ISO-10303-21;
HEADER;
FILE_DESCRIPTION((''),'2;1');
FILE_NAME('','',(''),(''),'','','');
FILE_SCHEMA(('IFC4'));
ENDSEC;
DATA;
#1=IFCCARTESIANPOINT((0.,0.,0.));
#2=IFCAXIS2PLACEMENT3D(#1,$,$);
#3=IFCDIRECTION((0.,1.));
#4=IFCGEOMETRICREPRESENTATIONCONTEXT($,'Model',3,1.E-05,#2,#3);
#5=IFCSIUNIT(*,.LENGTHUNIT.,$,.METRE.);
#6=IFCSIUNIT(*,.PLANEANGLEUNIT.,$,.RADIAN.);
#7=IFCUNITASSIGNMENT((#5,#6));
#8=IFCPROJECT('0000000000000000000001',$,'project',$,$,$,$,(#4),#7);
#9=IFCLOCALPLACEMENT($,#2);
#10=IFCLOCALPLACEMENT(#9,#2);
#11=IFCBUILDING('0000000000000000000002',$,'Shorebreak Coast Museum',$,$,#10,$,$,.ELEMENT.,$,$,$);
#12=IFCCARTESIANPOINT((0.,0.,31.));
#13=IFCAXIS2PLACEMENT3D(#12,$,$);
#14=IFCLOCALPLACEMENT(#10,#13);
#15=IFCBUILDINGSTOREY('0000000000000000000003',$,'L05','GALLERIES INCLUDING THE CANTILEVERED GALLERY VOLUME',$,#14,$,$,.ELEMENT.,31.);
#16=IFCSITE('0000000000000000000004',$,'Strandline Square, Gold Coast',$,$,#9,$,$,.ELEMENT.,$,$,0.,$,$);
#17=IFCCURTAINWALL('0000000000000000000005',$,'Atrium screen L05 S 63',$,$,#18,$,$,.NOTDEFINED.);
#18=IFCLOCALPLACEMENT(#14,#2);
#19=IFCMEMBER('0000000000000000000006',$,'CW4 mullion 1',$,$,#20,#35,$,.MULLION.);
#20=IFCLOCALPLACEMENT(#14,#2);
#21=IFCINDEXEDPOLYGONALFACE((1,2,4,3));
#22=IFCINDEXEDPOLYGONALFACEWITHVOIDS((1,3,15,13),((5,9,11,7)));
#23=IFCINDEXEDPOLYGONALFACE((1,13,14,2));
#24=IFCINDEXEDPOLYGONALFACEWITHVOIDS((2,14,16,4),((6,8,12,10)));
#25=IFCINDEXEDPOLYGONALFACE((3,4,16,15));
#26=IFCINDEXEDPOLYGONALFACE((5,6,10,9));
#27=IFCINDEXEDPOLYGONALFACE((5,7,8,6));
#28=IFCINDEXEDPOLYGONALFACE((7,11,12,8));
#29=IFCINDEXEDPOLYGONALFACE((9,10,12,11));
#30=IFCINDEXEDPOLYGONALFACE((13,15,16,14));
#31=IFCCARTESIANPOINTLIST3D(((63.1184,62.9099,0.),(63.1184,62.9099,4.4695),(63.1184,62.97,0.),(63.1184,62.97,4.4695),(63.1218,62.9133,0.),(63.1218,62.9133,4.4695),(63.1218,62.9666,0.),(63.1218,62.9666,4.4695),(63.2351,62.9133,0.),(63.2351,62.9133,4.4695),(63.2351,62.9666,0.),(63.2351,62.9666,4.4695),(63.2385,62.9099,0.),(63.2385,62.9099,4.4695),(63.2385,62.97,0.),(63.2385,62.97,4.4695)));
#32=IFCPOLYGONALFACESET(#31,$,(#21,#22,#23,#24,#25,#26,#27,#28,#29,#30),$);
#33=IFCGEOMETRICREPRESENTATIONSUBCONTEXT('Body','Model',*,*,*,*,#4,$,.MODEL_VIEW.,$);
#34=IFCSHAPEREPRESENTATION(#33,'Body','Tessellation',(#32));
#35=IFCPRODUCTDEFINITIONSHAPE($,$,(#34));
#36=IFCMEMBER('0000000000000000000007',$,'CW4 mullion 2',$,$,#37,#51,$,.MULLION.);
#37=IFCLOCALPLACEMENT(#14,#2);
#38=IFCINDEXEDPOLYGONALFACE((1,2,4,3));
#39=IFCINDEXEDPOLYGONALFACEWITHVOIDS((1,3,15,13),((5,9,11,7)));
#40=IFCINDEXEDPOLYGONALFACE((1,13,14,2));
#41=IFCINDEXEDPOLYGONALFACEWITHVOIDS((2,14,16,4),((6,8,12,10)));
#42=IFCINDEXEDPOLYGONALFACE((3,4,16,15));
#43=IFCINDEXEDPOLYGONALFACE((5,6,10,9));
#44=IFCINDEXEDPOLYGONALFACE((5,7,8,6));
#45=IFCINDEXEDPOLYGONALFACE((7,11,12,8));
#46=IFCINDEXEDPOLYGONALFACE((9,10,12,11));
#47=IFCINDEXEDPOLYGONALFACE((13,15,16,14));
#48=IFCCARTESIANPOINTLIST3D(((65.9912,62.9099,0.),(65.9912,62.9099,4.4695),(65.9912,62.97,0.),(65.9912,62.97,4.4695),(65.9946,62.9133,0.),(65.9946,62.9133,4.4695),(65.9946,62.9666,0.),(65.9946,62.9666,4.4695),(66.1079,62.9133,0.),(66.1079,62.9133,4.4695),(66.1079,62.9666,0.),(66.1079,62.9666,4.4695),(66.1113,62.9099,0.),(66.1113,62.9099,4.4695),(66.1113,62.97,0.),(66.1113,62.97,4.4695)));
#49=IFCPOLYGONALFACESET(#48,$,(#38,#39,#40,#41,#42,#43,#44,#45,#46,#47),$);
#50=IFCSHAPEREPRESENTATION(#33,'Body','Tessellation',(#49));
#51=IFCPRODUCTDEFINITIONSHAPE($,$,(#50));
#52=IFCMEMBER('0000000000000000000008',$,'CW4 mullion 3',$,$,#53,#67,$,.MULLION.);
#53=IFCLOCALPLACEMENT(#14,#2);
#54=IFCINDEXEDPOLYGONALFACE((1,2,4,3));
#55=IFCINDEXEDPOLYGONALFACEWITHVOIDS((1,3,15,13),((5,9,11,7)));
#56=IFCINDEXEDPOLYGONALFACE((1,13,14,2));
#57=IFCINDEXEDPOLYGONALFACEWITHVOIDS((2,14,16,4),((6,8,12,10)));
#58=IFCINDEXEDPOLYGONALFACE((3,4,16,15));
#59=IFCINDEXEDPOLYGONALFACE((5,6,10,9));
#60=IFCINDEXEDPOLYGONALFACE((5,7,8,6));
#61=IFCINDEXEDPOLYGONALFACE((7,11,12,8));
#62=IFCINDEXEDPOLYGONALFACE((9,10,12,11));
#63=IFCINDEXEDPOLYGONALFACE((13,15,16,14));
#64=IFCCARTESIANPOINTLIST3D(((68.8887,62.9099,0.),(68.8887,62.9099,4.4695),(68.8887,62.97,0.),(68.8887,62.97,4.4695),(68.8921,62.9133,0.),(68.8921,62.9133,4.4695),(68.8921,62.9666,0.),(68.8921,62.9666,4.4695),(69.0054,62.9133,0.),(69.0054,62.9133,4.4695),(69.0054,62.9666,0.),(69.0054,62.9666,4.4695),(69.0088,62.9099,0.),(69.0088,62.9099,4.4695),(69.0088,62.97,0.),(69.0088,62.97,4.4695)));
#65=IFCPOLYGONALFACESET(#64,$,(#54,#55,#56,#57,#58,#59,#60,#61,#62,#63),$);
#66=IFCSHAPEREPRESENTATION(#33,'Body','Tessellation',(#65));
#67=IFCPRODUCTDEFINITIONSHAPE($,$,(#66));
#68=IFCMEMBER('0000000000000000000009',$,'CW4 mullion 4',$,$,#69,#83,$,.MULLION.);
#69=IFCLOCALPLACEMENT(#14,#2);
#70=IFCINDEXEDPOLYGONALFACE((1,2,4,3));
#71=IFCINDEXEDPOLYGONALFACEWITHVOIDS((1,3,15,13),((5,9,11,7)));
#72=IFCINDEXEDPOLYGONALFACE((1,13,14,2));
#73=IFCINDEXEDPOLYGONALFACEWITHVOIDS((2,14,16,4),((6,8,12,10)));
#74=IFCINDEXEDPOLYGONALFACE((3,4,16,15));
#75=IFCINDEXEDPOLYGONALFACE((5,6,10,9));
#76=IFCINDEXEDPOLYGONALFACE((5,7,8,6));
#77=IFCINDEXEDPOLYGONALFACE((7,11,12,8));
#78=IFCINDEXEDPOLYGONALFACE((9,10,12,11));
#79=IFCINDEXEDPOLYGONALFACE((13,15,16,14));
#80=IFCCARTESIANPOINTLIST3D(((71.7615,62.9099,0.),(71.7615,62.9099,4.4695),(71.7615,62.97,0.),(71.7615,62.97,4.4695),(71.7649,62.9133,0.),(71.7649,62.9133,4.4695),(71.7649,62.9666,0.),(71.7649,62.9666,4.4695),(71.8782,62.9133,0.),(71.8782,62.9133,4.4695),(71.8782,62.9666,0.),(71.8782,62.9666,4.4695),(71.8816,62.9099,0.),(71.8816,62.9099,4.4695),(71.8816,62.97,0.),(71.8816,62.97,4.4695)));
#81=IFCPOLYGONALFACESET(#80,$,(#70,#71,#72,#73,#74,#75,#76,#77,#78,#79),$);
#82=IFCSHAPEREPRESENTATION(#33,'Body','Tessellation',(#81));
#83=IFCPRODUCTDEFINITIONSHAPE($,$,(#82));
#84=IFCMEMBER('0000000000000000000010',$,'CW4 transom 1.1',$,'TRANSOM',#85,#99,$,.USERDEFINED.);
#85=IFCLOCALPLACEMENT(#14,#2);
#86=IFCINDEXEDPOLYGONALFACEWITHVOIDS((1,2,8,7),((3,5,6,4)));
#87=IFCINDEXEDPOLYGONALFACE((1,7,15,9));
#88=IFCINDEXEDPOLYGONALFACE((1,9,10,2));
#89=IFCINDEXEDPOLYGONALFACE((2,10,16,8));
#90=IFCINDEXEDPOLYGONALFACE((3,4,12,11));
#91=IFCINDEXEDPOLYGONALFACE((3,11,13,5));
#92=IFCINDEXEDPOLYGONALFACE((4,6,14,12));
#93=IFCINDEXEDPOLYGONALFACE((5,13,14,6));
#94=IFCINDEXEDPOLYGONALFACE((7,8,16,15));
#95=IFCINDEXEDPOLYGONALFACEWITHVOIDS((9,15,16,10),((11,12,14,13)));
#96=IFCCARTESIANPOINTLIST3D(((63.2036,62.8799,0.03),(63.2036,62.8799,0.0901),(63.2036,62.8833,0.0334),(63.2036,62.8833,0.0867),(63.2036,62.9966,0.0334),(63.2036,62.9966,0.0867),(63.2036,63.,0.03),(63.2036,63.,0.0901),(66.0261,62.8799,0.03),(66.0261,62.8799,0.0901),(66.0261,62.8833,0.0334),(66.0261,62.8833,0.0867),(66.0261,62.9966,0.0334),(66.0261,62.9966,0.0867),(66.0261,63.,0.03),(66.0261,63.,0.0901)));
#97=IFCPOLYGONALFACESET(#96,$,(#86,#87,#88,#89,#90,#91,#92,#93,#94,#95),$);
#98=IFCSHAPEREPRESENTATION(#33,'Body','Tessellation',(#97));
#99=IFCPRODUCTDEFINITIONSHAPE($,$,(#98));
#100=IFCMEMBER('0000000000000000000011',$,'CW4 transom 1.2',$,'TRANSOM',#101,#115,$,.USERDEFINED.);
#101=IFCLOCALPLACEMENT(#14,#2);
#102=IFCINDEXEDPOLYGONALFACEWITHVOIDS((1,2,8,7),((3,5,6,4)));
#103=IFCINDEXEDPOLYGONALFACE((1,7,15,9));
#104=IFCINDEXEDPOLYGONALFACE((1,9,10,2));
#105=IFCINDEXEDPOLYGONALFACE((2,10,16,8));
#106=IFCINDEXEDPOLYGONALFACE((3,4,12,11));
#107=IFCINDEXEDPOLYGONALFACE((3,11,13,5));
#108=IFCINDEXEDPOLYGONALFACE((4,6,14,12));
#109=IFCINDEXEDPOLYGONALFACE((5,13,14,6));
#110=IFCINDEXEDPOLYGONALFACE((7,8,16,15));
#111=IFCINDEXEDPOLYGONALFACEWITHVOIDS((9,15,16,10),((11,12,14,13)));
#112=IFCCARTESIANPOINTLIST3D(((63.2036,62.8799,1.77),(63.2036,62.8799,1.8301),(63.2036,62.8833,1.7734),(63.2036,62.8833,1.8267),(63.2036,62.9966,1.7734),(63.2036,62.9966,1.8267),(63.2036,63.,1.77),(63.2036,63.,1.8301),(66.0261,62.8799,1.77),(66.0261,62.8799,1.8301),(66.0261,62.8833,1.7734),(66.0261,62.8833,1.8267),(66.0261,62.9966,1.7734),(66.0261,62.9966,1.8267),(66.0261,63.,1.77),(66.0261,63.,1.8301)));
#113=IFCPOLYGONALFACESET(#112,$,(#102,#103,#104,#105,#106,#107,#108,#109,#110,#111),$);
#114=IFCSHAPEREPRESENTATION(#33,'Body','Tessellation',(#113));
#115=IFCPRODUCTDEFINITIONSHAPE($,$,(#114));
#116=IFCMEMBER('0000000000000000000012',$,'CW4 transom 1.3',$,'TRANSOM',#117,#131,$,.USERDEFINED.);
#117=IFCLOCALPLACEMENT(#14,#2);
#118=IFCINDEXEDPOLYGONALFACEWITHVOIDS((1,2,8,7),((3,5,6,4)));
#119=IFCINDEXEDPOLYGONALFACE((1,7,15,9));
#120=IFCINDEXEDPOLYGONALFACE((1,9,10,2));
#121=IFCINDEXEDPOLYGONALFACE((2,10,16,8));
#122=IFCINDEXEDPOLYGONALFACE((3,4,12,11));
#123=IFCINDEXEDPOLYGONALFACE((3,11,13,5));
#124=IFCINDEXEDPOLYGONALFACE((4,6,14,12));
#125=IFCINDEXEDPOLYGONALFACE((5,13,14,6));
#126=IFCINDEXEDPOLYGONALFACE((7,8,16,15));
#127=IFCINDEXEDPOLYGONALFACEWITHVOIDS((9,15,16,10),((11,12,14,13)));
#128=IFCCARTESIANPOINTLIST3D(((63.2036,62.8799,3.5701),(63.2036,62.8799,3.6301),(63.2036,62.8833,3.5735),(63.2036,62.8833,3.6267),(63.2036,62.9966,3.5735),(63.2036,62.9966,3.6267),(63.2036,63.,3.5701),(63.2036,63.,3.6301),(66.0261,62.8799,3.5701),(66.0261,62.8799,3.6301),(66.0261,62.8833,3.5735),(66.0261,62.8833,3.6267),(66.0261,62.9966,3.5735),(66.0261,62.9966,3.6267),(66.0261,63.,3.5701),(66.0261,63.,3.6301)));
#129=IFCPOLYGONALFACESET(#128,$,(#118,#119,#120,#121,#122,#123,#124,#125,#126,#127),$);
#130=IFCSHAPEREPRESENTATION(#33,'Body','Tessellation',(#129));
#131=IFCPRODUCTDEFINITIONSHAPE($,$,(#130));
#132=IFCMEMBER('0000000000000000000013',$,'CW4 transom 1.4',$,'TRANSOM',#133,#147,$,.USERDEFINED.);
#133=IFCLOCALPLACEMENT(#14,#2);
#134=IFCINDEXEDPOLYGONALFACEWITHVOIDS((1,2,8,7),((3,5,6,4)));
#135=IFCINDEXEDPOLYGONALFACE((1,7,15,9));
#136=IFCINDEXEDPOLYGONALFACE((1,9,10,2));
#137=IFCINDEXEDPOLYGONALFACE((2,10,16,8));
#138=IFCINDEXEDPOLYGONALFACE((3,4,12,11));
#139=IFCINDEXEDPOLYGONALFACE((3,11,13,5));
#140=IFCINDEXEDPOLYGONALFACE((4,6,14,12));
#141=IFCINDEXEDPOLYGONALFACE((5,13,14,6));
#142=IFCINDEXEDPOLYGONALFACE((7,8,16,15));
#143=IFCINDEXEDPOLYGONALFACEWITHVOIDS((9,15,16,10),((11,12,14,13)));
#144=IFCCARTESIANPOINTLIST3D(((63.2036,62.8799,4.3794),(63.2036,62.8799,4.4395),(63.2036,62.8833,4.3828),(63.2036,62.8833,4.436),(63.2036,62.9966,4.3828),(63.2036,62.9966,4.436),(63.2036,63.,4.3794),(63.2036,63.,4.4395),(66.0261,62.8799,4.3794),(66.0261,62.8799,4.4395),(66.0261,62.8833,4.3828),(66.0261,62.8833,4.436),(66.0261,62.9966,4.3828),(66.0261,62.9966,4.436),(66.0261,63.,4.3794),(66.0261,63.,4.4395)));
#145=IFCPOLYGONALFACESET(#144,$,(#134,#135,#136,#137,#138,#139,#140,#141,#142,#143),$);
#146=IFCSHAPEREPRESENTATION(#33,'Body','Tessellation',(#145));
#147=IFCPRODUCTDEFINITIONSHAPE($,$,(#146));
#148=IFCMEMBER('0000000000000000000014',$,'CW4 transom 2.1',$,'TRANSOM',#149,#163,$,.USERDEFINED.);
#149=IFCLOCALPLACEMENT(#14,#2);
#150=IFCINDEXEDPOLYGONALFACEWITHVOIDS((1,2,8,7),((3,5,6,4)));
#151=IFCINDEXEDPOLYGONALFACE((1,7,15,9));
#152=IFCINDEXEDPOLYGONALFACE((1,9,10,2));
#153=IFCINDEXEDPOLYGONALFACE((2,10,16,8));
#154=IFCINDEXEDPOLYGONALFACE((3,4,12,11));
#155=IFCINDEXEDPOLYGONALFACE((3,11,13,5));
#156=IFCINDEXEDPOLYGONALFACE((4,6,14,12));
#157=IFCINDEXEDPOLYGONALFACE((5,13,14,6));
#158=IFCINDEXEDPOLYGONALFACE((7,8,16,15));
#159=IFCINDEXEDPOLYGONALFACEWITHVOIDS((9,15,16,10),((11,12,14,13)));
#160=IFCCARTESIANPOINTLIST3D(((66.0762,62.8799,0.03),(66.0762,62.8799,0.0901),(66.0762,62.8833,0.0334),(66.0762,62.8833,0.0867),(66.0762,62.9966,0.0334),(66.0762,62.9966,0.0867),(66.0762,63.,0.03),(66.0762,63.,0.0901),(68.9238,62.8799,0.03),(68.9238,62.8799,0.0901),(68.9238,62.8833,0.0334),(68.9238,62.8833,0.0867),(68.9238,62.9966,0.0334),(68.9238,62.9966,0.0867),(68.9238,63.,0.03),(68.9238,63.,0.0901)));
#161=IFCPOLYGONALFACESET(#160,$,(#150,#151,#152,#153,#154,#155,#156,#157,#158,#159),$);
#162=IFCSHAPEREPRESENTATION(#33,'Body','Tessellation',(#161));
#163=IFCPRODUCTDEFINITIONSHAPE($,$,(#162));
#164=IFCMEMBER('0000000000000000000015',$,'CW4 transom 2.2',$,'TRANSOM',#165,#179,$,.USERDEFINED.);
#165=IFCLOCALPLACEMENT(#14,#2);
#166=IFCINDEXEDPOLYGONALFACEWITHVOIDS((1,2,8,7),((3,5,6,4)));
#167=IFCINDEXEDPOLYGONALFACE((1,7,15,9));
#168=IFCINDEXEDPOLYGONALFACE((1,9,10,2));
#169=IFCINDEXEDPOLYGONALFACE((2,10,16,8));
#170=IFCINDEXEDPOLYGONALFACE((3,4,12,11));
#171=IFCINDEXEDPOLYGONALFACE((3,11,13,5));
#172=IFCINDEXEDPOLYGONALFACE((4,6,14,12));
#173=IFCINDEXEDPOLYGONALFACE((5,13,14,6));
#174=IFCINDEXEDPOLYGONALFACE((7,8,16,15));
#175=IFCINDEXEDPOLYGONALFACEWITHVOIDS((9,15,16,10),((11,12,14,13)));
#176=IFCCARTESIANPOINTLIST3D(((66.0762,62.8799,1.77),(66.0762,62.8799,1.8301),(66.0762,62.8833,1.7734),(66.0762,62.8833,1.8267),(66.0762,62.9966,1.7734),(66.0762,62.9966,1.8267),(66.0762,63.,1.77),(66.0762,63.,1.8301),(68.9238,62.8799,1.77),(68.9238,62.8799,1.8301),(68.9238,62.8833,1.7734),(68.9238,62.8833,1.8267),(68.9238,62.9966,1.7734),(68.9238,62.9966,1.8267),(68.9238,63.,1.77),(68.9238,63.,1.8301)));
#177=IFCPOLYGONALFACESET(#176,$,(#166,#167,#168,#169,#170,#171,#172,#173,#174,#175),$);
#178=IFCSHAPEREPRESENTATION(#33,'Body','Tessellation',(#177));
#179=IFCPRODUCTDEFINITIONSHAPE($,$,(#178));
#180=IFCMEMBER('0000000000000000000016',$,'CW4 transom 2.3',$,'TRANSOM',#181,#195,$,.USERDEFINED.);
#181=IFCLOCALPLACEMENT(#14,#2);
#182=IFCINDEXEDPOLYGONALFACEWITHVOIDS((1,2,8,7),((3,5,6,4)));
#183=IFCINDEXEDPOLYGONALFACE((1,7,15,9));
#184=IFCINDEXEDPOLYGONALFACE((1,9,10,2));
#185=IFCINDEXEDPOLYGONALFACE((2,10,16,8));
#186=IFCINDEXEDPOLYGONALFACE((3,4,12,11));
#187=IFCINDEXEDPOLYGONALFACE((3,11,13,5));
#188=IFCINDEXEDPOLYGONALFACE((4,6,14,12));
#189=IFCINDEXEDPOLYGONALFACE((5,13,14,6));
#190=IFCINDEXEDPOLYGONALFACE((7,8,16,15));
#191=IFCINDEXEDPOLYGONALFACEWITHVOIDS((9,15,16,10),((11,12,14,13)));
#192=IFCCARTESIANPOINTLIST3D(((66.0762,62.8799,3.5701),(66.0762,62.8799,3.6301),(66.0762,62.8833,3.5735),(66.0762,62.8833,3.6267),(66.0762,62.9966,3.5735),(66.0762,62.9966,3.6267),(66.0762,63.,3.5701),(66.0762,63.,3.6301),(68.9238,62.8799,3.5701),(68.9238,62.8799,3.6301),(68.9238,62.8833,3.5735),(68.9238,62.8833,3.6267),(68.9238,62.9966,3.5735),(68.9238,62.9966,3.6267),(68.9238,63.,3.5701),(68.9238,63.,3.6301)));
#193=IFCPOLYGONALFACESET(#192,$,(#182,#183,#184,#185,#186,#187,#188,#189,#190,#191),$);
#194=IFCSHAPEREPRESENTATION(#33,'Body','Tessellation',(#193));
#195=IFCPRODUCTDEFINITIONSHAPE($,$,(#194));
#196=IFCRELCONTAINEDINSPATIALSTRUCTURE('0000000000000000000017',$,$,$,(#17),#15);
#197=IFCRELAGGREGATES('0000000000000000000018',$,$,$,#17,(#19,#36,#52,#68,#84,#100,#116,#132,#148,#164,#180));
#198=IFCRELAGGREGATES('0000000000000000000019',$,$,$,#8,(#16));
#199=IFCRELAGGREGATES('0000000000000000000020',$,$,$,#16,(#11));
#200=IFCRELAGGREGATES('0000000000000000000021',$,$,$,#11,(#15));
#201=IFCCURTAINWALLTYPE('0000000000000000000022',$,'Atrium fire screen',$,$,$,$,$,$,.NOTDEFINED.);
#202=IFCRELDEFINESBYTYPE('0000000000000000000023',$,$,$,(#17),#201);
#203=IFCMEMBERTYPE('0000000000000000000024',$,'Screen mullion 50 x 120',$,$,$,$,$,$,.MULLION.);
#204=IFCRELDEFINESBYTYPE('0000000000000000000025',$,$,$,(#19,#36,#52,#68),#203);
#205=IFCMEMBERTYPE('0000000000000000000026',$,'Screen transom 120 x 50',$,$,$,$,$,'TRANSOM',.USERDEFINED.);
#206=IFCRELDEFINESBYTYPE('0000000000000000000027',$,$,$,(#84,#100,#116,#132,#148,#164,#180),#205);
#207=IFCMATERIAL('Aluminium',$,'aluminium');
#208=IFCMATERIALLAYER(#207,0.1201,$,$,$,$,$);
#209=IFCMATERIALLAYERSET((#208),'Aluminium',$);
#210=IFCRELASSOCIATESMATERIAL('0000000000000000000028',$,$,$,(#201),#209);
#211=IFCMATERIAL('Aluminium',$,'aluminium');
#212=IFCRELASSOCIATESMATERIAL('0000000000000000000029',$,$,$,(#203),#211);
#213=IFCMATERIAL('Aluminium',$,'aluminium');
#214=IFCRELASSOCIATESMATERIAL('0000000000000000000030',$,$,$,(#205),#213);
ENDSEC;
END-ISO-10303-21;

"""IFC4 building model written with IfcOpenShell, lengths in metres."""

from ifc_helpers import new_model, si_unit, direction, frame, origin, origin_2d, place, context, subcontext, project, spatial, hollow_rectangle, extrude, material, layer, layer_set, material_profile, profile_set, type_object, element, aggregate, save


model = new_model("IFC4")

# Units and contexts
model_context = context("Model", 3, precision=1e-05, world=origin(), true_north=direction((0.0, 1.0)))
body_context = subcontext(model_context, "Body", "Model", "MODEL_VIEW")
ifc_project = project(units=[si_unit("LENGTHUNIT", "METRE"), si_unit("PLANEANGLEUNIT", "RADIAN")], contexts=[model_context])

# Site, building, storey
site_placement = place(None, origin())
site = spatial("IfcSite", under=ifc_project, at=site_placement, Name="Strandline Square, Gold Coast", CompositionType="ELEMENT", RefElevation=0.0)
building_placement = place(site_placement, origin())
building = spatial("IfcBuilding", under=site, at=building_placement, Name="Shorebreak Coast Museum", CompositionType="ELEMENT")
storey_placement = place(building_placement, frame((0.0, 0.0, 31.0)))
storey = spatial("IfcBuildingStorey", under=building, at=storey_placement, Name="L05", Description="GALLERIES INCLUDING THE CANTILEVERED GALLERY VOLUME", CompositionType="ELEMENT", Elevation=31.0)

# Curtain wall, members
ifc_material_1 = material(Name="Aluminium", Category="aluminium")
ifc_layer_1 = layer(ifc_material_1, 0.1201)
ifc_layer_set_1 = layer_set([ifc_layer_1], Name="Aluminium")
curtain_wall_type = type_object("IfcCurtainWallType", Name="Atrium fire screen", PredefinedType="NOTDEFINED", material=ifc_layer_set_1)
curtain_wall_placement = place(storey_placement, origin())
curtain_wall = element("IfcCurtainWall", 1, at=curtain_wall_placement, inside=storey, type_object=curtain_wall_type, Name="Atrium screen L05 S 63", PredefinedType="NOTDEFINED")
ifc_material_2 = material(Name="Aluminium", Category="aluminium")
ifc_material_profile_1 = material_profile(ifc_material_2, hollow_rectangle(XDim=0.0601, YDim=0.1201, WallThickness=0.0034, at=origin_2d()), Name="AL 120x60 RHS")
ifc_profile_set_1 = profile_set([ifc_material_profile_1], Name="Aluminium")
member_type_1 = type_object("IfcMemberType", Name="Screen mullion 50 x 120", PredefinedType="MULLION", material=ifc_profile_set_1)
member_1_placement = place(storey_placement, frame((63.1785, 62.9399, 0.0), z_axis=(0.0, 0.0, 1.0), x_axis=(0.0, 1.0, 0.0)))
member_1 = element("IfcMember", 2, at=member_1_placement, type_object=member_type_1, Name="CW4 mullion 1", PredefinedType="MULLION", context=body_context, shape_type="SweptSolid", body=[
    extrude(hollow_rectangle(XDim=0.0601, YDim=0.1201, WallThickness=0.0034, at=origin_2d()), origin(), (0.0, 0.0, 1.0), 4.4695),
])
member_2_placement = place(storey_placement, frame((66.0513, 62.9399, 0.0), z_axis=(0.0, 0.0, 1.0), x_axis=(0.0, 1.0, 0.0)))
member_2 = element("IfcMember", 3, at=member_2_placement, type_object=member_type_1, Name="CW4 mullion 2", PredefinedType="MULLION", context=body_context, shape_type="SweptSolid", body=[
    extrude(hollow_rectangle(XDim=0.0601, YDim=0.1201, WallThickness=0.0034, at=origin_2d()), origin(), (0.0, 0.0, 1.0), 4.4695),
])
member_3_placement = place(storey_placement, frame((68.9487, 62.9399, 0.0), z_axis=(0.0, 0.0, 1.0), x_axis=(0.0, 1.0, 0.0)))
member_3 = element("IfcMember", 4, at=member_3_placement, type_object=member_type_1, Name="CW4 mullion 3", PredefinedType="MULLION", context=body_context, shape_type="SweptSolid", body=[
    extrude(hollow_rectangle(XDim=0.0601, YDim=0.1201, WallThickness=0.0034, at=origin_2d()), origin(), (0.0, 0.0, 1.0), 4.4695),
])
member_4_placement = place(storey_placement, frame((71.8215, 62.9399, 0.0), z_axis=(0.0, 0.0, 1.0), x_axis=(0.0, 1.0, 0.0)))
member_4 = element("IfcMember", 5, at=member_4_placement, type_object=member_type_1, Name="CW4 mullion 4", PredefinedType="MULLION", context=body_context, shape_type="SweptSolid", body=[
    extrude(hollow_rectangle(XDim=0.0601, YDim=0.1201, WallThickness=0.0034, at=origin_2d()), origin(), (0.0, 0.0, 1.0), 4.4695),
])
ifc_material_3 = material(Name="Aluminium", Category="aluminium")
ifc_material_profile_2 = material_profile(ifc_material_3, hollow_rectangle(XDim=0.1201, YDim=0.0601, WallThickness=0.0034, at=origin_2d()), Name="AL 60x120 RHS")
ifc_profile_set_2 = profile_set([ifc_material_profile_2], Name="Aluminium")
member_type_2 = type_object("IfcMemberType", Name="Screen transom 120 x 50", ElementType="TRANSOM", PredefinedType="USERDEFINED", material=ifc_profile_set_2)
member_5_placement = place(storey_placement, frame((63.2036, 62.9399, 0.0601), z_axis=(1.0, 0.0, 0.0), x_axis=(0.0, 1.0, 0.0)))
member_5 = element("IfcMember", 6, at=member_5_placement, type_object=member_type_2, Name="CW4 transom 1.1", ObjectType="TRANSOM", PredefinedType="USERDEFINED", context=body_context, shape_type="SweptSolid", body=[
    extrude(hollow_rectangle(XDim=0.1201, YDim=0.0601, WallThickness=0.0034, at=origin_2d()), origin(), (0.0, 0.0, 1.0), 2.8225),
])
member_6_placement = place(storey_placement, frame((63.2036, 62.9399, 1.8), z_axis=(1.0, 0.0, 0.0), x_axis=(0.0, 1.0, 0.0)))
member_6 = element("IfcMember", 7, at=member_6_placement, type_object=member_type_2, Name="CW4 transom 1.2", ObjectType="TRANSOM", PredefinedType="USERDEFINED", context=body_context, shape_type="SweptSolid", body=[
    extrude(hollow_rectangle(XDim=0.1201, YDim=0.0601, WallThickness=0.0034, at=origin_2d()), origin(), (0.0, 0.0, 1.0), 2.8225),
])
member_7_placement = place(storey_placement, frame((63.2036, 62.9399, 3.6001), z_axis=(1.0, 0.0, 0.0), x_axis=(0.0, 1.0, 0.0)))
member_7 = element("IfcMember", 8, at=member_7_placement, type_object=member_type_2, Name="CW4 transom 1.3", ObjectType="TRANSOM", PredefinedType="USERDEFINED", context=body_context, shape_type="SweptSolid", body=[
    extrude(hollow_rectangle(XDim=0.1201, YDim=0.0601, WallThickness=0.0034, at=origin_2d()), origin(), (0.0, 0.0, 1.0), 2.8225),
])
member_8_placement = place(storey_placement, frame((63.2036, 62.9399, 4.4094), z_axis=(1.0, 0.0, 0.0), x_axis=(0.0, 1.0, 0.0)))
member_8 = element("IfcMember", 9, at=member_8_placement, type_object=member_type_2, Name="CW4 transom 1.4", ObjectType="TRANSOM", PredefinedType="USERDEFINED", context=body_context, shape_type="SweptSolid", body=[
    extrude(hollow_rectangle(XDim=0.1201, YDim=0.0601, WallThickness=0.0034, at=origin_2d()), origin(), (0.0, 0.0, 1.0), 2.8225),
])
member_9_placement = place(storey_placement, frame((66.0762, 62.9399, 0.0601), z_axis=(1.0, 0.0, 0.0), x_axis=(0.0, 1.0, 0.0)))
member_9 = element("IfcMember", 10, at=member_9_placement, type_object=member_type_2, Name="CW4 transom 2.1", ObjectType="TRANSOM", PredefinedType="USERDEFINED", context=body_context, shape_type="SweptSolid", body=[
    extrude(hollow_rectangle(XDim=0.1201, YDim=0.0601, WallThickness=0.0034, at=origin_2d()), origin(), (0.0, 0.0, 1.0), 2.8477),
])
member_10_placement = place(storey_placement, frame((66.0762, 62.9399, 1.8), z_axis=(1.0, 0.0, 0.0), x_axis=(0.0, 1.0, 0.0)))
member_10 = element("IfcMember", 11, at=member_10_placement, type_object=member_type_2, Name="CW4 transom 2.2", ObjectType="TRANSOM", PredefinedType="USERDEFINED", context=body_context, shape_type="SweptSolid", body=[
    extrude(hollow_rectangle(XDim=0.1201, YDim=0.0601, WallThickness=0.0034, at=origin_2d()), origin(), (0.0, 0.0, 1.0), 2.8477),
])
member_11_placement = place(storey_placement, frame((66.0762, 62.9399, 3.6001), z_axis=(1.0, 0.0, 0.0), x_axis=(0.0, 1.0, 0.0)))
member_11 = element("IfcMember", 12, at=member_11_placement, type_object=member_type_2, Name="CW4 transom 2.3", ObjectType="TRANSOM", PredefinedType="USERDEFINED", context=body_context, shape_type="SweptSolid", body=[
    extrude(hollow_rectangle(XDim=0.1201, YDim=0.0601, WallThickness=0.0034, at=origin_2d()), origin(), (0.0, 0.0, 1.0), 2.8477),
])
aggregate(curtain_wall, [member_1, member_2, member_3, member_4, member_5, member_6, member_7, member_8, member_9, member_10, member_11])

save(model, "model.ifc")
